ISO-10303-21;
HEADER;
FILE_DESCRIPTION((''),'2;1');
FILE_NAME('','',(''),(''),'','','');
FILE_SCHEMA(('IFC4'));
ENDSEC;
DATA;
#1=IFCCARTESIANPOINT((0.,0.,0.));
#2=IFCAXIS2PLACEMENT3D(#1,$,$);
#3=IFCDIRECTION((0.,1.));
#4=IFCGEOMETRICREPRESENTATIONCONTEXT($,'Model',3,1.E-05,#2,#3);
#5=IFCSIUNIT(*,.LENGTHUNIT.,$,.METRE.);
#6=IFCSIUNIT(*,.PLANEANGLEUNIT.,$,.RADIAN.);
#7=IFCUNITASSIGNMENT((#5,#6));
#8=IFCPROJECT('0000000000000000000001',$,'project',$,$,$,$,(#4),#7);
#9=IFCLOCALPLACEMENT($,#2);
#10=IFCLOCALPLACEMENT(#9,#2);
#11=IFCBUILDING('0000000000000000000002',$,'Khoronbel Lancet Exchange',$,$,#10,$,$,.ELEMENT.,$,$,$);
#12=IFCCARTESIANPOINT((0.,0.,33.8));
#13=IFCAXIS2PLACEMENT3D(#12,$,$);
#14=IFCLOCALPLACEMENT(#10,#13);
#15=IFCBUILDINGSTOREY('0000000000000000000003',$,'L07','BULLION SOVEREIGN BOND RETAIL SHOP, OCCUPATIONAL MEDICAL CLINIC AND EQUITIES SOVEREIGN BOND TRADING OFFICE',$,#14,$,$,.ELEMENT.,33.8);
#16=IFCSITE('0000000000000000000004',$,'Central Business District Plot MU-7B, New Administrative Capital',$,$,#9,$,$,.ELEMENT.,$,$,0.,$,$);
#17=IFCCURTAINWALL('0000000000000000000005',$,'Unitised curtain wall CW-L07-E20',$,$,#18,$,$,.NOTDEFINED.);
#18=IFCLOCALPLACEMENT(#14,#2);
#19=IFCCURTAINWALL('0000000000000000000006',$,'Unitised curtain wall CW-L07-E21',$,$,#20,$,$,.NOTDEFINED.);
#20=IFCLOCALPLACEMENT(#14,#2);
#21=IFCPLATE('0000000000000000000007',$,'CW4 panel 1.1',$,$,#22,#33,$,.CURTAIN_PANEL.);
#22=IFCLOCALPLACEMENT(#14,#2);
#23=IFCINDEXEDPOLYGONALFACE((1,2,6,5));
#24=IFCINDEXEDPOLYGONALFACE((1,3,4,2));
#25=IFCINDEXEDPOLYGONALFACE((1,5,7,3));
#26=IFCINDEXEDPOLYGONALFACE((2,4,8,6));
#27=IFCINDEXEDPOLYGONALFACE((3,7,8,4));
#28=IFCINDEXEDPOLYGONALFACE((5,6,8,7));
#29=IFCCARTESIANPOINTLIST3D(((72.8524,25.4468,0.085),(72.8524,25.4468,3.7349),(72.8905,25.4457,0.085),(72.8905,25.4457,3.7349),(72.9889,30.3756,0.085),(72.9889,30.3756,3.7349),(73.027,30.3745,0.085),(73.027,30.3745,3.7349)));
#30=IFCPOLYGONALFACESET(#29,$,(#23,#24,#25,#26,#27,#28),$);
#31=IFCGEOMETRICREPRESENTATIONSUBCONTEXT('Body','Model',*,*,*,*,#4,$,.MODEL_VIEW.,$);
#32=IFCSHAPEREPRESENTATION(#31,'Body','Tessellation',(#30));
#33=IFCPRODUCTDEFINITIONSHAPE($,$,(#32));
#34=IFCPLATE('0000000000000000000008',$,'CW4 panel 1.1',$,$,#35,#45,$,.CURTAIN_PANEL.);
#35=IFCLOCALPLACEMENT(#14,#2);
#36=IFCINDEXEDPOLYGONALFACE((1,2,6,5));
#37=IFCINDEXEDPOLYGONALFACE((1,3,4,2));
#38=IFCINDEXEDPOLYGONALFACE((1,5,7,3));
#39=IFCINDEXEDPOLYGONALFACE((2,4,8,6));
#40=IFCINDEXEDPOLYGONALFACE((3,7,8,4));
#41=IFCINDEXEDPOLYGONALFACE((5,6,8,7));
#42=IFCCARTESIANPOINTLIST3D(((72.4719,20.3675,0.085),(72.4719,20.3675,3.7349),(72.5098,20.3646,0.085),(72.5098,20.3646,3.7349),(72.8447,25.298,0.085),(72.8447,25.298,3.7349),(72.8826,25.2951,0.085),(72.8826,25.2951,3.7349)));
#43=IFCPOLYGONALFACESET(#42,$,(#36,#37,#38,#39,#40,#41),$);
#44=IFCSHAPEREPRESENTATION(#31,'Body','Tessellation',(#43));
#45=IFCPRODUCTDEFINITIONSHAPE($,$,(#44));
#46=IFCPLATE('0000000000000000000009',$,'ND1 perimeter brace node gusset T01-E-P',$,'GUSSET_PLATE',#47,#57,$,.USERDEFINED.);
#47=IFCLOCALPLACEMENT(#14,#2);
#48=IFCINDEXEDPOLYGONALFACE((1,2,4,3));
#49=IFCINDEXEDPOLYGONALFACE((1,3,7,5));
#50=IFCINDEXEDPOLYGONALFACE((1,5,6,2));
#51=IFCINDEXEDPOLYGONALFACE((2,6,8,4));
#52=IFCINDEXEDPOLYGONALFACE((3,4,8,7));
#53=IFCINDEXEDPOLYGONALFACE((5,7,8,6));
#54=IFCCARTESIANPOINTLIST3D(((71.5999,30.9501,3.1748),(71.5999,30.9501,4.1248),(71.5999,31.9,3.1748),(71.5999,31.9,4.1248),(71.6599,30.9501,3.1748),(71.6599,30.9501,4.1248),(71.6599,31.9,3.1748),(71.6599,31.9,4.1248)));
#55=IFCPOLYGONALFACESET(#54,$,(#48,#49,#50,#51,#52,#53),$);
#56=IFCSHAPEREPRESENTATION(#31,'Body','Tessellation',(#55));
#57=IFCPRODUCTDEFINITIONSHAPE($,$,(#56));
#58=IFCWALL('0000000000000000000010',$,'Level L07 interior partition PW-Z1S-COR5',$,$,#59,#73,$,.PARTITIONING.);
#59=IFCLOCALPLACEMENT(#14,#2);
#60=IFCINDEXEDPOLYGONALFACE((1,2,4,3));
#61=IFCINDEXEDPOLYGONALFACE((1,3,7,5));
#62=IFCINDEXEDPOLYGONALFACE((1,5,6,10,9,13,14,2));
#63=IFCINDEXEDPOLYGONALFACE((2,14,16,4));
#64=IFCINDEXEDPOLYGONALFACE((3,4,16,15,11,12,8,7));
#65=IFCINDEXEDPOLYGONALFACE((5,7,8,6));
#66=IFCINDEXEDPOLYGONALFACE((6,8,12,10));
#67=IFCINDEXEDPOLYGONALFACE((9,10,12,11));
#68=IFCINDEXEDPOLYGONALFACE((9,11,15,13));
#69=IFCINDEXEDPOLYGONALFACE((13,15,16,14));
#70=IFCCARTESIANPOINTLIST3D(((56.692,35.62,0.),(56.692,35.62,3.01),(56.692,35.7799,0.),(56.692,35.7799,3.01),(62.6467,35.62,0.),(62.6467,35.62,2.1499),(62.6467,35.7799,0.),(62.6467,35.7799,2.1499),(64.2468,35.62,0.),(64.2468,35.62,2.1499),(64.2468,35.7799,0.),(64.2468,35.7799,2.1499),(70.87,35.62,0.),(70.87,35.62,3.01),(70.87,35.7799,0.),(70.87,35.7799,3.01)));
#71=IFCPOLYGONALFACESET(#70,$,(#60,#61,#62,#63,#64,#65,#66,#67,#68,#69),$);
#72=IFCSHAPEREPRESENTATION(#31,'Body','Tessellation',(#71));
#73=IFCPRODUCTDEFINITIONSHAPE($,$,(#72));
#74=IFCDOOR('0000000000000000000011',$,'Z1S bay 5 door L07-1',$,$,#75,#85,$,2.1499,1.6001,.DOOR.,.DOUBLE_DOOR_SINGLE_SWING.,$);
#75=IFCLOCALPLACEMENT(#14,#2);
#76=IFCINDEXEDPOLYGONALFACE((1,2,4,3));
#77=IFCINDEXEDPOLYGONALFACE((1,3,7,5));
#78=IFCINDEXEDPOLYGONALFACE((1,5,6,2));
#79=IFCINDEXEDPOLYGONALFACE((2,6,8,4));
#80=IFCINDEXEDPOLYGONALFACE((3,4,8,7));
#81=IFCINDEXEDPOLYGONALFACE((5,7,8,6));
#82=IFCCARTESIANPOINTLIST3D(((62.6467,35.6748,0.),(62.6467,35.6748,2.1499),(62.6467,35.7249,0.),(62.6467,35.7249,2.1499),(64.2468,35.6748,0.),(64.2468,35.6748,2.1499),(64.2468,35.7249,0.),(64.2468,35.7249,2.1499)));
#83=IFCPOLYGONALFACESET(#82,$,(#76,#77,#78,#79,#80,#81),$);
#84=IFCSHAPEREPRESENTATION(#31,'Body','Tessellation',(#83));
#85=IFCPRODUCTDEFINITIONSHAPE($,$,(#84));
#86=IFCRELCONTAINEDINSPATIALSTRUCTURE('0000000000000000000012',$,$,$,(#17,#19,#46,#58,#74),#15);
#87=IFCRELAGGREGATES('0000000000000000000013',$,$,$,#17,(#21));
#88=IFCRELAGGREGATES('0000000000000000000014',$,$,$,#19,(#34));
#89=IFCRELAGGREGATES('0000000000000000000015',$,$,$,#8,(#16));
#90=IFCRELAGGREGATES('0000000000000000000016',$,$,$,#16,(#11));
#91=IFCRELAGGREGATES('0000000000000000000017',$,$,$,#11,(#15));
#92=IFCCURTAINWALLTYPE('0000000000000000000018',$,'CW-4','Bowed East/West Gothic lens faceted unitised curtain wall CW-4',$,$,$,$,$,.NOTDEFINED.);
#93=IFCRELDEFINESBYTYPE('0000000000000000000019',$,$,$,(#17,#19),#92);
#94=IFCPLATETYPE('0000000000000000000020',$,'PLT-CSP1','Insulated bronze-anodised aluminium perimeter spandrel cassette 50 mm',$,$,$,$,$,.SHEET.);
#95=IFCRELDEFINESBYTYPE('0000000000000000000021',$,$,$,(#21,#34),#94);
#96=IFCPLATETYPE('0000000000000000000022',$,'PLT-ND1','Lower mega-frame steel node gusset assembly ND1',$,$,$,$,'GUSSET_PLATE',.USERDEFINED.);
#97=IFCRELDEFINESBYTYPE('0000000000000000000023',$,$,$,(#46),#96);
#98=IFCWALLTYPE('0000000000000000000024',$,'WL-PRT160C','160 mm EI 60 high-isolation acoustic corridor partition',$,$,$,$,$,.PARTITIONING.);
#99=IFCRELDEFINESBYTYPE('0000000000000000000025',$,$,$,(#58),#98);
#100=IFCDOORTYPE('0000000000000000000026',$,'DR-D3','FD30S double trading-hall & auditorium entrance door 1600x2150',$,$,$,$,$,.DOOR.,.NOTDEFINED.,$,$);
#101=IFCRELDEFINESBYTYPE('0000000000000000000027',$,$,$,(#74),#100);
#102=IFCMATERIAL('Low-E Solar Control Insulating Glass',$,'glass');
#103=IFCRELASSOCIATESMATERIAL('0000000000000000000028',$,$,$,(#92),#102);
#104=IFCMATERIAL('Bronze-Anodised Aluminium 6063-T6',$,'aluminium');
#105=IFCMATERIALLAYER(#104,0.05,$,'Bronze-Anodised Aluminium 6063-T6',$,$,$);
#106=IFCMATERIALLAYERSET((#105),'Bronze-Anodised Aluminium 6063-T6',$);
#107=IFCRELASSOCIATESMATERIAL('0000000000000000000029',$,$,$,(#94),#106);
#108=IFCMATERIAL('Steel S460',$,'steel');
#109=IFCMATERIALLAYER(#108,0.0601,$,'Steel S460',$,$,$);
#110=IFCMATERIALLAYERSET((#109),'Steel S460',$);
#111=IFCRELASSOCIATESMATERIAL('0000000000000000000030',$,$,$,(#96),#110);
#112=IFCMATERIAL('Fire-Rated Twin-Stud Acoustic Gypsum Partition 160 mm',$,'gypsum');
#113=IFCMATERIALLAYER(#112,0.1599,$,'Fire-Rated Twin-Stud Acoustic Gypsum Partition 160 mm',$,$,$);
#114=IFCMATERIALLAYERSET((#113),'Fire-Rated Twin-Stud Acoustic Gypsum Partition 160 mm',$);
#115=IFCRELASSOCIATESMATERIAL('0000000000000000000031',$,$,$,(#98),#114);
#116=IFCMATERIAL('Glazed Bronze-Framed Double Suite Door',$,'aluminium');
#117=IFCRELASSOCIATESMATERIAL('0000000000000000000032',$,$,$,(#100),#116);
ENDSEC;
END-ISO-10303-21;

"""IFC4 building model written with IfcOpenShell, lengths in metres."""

from ifc_helpers import new_model, si_unit, direction, frame, frame_2d, origin, origin_2d, place, context, subcontext, project, spatial, rectangle, extrude, material, layer, layer_set, type_object, element, fill, aggregate, save


model = new_model("IFC4")

# Units and contexts
model_context = context("Model", 3, precision=1e-05, world=origin(), true_north=direction((0.0, 1.0)))
body_context = subcontext(model_context, "Body", "Model", "MODEL_VIEW")
ifc_project = project(units=[si_unit("LENGTHUNIT", "METRE"), si_unit("PLANEANGLEUNIT", "RADIAN")], contexts=[model_context])

# Site, building, storey
site_placement = place(None, origin())
site = spatial("IfcSite", under=ifc_project, at=site_placement, Name="Central Business District Plot MU-7B, New Administrative Capital", CompositionType="ELEMENT", RefElevation=0.0)
building_placement = place(site_placement, origin())
building = spatial("IfcBuilding", under=site, at=building_placement, Name="Khoronbel Lancet Exchange", CompositionType="ELEMENT")
storey_placement = place(building_placement, frame((0.0, 0.0, 33.8)))
storey = spatial("IfcBuildingStorey", under=building, at=storey_placement, Name="L07", Description="BULLION SOVEREIGN BOND RETAIL SHOP, OCCUPATIONAL MEDICAL CLINIC AND EQUITIES SOVEREIGN BOND TRADING OFFICE", CompositionType="ELEMENT", Elevation=33.8)

# Shared definitions
ifc_material_1 = material(Name="Low-E Solar Control Insulating Glass", Category="glass")
curtain_wall_type = type_object("IfcCurtainWallType", Name="CW-4", Description="Bowed East/West Gothic lens faceted unitised curtain wall CW-4", PredefinedType="NOTDEFINED", material=ifc_material_1)
ifc_material_2 = material(Name="Bronze-Anodised Aluminium 6063-T6", Category="aluminium")

# Curtain wall
curtain_wall_1_placement = place(storey_placement, origin())
curtain_wall_1 = element("IfcCurtainWall", 1, at=curtain_wall_1_placement, inside=storey, type_object=curtain_wall_type, Name="Unitised curtain wall CW-L07-E20", PredefinedType="NOTDEFINED")

# Curtain wall
curtain_wall_2_placement = place(storey_placement, origin())
curtain_wall_2 = element("IfcCurtainWall", 2, at=curtain_wall_2_placement, inside=storey, type_object=curtain_wall_type, Name="Unitised curtain wall CW-L07-E21", PredefinedType="NOTDEFINED")

# Plates
ifc_layer_1 = layer(ifc_material_2, 0.05, Name="Bronze-Anodised Aluminium 6063-T6")
ifc_layer_set_1 = layer_set([ifc_layer_1], Name="Bronze-Anodised Aluminium 6063-T6")
plate_type_1 = type_object("IfcPlateType", Name="PLT-CSP1", Description="Insulated bronze-anodised aluminium perimeter spandrel cassette 50 mm", PredefinedType="SHEET", material=ifc_layer_set_1)
plate_1_placement = place(storey_placement, frame((72.9397, 27.9106, 0.085), z_axis=(0.0, 0.0, 1.0), x_axis=(-0.027674, -0.999617, 0.0)))
plate_1 = element("IfcPlate", 3, at=plate_1_placement, type_object=plate_type_1, Name="CW4 panel 1.1", PredefinedType="CURTAIN_PANEL", context=body_context, shape_type="SweptSolid", body=[
    extrude(rectangle(XDim=4.9307, YDim=0.0381, at=origin_2d()), origin(), (0.0, 0.0, 1.0), 3.6499),
])
aggregate(curtain_wall_1, [plate_1])
plate_2_placement = place(storey_placement, frame((72.6772, 22.8313, 0.085), z_axis=(0.0, 0.0, 1.0), x_axis=(-0.075395, -0.997154, 0.0)))
plate_2 = element("IfcPlate", 4, at=plate_2_placement, type_object=plate_type_1, Name="CW4 panel 1.1", PredefinedType="CURTAIN_PANEL", context=body_context, shape_type="SweptSolid", body=[
    extrude(rectangle(XDim=4.9446, YDim=0.0381, at=origin_2d()), origin(), (0.0, 0.0, 1.0), 3.6499),
])
aggregate(curtain_wall_2, [plate_2])
ifc_material_3 = material(Name="Steel S460", Category="steel")
ifc_layer_2 = layer(ifc_material_3, 0.0601, Name="Steel S460")
ifc_layer_set_2 = layer_set([ifc_layer_2], Name="Steel S460")
plate_type_2 = type_object("IfcPlateType", Name="PLT-ND1", Description="Lower mega-frame steel node gusset assembly ND1", ElementType="GUSSET_PLATE", PredefinedType="USERDEFINED", material=ifc_layer_set_2)
plate_3_placement = place(storey_placement, frame((71.6299, 31.425, 3.1748), z_axis=(0.0, 0.0, 1.0), x_axis=(0.0, 1.0, 0.0)))
element("IfcPlate", 5, at=plate_3_placement, inside=storey, type_object=plate_type_2, Name="ND1 perimeter brace node gusset T01-E-P", ObjectType="GUSSET_PLATE", PredefinedType="USERDEFINED", context=body_context, shape_type="SweptSolid", body=[
    extrude(rectangle(XDim=0.95, YDim=0.0601, at=origin_2d()), origin(), (0.0, 0.0, 1.0), 0.95),
])

# Wall, opening, door
ifc_material_4 = material(Name="Fire-Rated Twin-Stud Acoustic Gypsum Partition 160 mm", Category="gypsum")
ifc_layer_3 = layer(ifc_material_4, 0.1599, Name="Fire-Rated Twin-Stud Acoustic Gypsum Partition 160 mm")
ifc_layer_set_3 = layer_set([ifc_layer_3], Name="Fire-Rated Twin-Stud Acoustic Gypsum Partition 160 mm")
wall_type = type_object("IfcWallType", Name="WL-PRT160C", Description="160 mm EI 60 high-isolation acoustic corridor partition", PredefinedType="PARTITIONING", material=ifc_layer_set_3)
wall_placement = place(storey_placement, frame((56.6921, 35.7, 0.0), z_axis=(0.0, 0.0, 1.0), x_axis=(1.0, 0.0, 0.0)))
wall = element("IfcWall", 6, at=wall_placement, inside=storey, type_object=wall_type, Name="Level L07 interior partition PW-Z1S-COR5", PredefinedType="PARTITIONING", context=body_context, shape_type="SweptSolid", body=[
    extrude(rectangle(XDim=14.178, YDim=0.1599, at=frame_2d((7.0889, 0.0))), origin(), (0.0, 0.0, 1.0), 3.01),
])
opening_placement = place(wall_placement, frame((5.9546, 0.0, 0.0)))
opening = element("IfcOpeningElement", 7, at=opening_placement, cuts=wall, PredefinedType="OPENING", context=body_context, shape_type="SweptSolid", body=[
    extrude(rectangle(XDim=1.6001, YDim=2.1499, at=frame_2d((0.8, 1.075))), frame((0.0, 0.0898, 0.0), z_axis=(0.0, -1.0, 0.0), x_axis=(1.0, 0.0, 0.0)), (0.0, 0.0, 1.0), 0.1799),
])
ifc_material_5 = material(Name="Glazed Bronze-Framed Double Suite Door", Category="aluminium")
door_type = type_object("IfcDoorType", Name="DR-D3", Description="FD30S double trading-hall & auditorium entrance door 1600x2150", OperationType="NOTDEFINED", PredefinedType="DOOR", material=ifc_material_5)
door_placement = place(opening_placement, origin())
door = element("IfcDoor", 8, at=door_placement, inside=storey, type_object=door_type, Name="Z1S bay 5 door L07-1", OperationType="DOUBLE_DOOR_SINGLE_SWING", OverallHeight=2.1499, OverallWidth=1.6001, PredefinedType="DOOR", context=body_context, shape_type="SweptSolid", body=[
    extrude(rectangle(XDim=1.6001, YDim=2.1499, at=frame_2d((0.8, 1.075))), frame((0.0, 0.0249, 0.0), z_axis=(0.0, -1.0, 0.0), x_axis=(1.0, 0.0, 0.0)), (0.0, 0.0, 1.0), 0.05),
])
fill(opening, door)

save(model, "model.ifc")
